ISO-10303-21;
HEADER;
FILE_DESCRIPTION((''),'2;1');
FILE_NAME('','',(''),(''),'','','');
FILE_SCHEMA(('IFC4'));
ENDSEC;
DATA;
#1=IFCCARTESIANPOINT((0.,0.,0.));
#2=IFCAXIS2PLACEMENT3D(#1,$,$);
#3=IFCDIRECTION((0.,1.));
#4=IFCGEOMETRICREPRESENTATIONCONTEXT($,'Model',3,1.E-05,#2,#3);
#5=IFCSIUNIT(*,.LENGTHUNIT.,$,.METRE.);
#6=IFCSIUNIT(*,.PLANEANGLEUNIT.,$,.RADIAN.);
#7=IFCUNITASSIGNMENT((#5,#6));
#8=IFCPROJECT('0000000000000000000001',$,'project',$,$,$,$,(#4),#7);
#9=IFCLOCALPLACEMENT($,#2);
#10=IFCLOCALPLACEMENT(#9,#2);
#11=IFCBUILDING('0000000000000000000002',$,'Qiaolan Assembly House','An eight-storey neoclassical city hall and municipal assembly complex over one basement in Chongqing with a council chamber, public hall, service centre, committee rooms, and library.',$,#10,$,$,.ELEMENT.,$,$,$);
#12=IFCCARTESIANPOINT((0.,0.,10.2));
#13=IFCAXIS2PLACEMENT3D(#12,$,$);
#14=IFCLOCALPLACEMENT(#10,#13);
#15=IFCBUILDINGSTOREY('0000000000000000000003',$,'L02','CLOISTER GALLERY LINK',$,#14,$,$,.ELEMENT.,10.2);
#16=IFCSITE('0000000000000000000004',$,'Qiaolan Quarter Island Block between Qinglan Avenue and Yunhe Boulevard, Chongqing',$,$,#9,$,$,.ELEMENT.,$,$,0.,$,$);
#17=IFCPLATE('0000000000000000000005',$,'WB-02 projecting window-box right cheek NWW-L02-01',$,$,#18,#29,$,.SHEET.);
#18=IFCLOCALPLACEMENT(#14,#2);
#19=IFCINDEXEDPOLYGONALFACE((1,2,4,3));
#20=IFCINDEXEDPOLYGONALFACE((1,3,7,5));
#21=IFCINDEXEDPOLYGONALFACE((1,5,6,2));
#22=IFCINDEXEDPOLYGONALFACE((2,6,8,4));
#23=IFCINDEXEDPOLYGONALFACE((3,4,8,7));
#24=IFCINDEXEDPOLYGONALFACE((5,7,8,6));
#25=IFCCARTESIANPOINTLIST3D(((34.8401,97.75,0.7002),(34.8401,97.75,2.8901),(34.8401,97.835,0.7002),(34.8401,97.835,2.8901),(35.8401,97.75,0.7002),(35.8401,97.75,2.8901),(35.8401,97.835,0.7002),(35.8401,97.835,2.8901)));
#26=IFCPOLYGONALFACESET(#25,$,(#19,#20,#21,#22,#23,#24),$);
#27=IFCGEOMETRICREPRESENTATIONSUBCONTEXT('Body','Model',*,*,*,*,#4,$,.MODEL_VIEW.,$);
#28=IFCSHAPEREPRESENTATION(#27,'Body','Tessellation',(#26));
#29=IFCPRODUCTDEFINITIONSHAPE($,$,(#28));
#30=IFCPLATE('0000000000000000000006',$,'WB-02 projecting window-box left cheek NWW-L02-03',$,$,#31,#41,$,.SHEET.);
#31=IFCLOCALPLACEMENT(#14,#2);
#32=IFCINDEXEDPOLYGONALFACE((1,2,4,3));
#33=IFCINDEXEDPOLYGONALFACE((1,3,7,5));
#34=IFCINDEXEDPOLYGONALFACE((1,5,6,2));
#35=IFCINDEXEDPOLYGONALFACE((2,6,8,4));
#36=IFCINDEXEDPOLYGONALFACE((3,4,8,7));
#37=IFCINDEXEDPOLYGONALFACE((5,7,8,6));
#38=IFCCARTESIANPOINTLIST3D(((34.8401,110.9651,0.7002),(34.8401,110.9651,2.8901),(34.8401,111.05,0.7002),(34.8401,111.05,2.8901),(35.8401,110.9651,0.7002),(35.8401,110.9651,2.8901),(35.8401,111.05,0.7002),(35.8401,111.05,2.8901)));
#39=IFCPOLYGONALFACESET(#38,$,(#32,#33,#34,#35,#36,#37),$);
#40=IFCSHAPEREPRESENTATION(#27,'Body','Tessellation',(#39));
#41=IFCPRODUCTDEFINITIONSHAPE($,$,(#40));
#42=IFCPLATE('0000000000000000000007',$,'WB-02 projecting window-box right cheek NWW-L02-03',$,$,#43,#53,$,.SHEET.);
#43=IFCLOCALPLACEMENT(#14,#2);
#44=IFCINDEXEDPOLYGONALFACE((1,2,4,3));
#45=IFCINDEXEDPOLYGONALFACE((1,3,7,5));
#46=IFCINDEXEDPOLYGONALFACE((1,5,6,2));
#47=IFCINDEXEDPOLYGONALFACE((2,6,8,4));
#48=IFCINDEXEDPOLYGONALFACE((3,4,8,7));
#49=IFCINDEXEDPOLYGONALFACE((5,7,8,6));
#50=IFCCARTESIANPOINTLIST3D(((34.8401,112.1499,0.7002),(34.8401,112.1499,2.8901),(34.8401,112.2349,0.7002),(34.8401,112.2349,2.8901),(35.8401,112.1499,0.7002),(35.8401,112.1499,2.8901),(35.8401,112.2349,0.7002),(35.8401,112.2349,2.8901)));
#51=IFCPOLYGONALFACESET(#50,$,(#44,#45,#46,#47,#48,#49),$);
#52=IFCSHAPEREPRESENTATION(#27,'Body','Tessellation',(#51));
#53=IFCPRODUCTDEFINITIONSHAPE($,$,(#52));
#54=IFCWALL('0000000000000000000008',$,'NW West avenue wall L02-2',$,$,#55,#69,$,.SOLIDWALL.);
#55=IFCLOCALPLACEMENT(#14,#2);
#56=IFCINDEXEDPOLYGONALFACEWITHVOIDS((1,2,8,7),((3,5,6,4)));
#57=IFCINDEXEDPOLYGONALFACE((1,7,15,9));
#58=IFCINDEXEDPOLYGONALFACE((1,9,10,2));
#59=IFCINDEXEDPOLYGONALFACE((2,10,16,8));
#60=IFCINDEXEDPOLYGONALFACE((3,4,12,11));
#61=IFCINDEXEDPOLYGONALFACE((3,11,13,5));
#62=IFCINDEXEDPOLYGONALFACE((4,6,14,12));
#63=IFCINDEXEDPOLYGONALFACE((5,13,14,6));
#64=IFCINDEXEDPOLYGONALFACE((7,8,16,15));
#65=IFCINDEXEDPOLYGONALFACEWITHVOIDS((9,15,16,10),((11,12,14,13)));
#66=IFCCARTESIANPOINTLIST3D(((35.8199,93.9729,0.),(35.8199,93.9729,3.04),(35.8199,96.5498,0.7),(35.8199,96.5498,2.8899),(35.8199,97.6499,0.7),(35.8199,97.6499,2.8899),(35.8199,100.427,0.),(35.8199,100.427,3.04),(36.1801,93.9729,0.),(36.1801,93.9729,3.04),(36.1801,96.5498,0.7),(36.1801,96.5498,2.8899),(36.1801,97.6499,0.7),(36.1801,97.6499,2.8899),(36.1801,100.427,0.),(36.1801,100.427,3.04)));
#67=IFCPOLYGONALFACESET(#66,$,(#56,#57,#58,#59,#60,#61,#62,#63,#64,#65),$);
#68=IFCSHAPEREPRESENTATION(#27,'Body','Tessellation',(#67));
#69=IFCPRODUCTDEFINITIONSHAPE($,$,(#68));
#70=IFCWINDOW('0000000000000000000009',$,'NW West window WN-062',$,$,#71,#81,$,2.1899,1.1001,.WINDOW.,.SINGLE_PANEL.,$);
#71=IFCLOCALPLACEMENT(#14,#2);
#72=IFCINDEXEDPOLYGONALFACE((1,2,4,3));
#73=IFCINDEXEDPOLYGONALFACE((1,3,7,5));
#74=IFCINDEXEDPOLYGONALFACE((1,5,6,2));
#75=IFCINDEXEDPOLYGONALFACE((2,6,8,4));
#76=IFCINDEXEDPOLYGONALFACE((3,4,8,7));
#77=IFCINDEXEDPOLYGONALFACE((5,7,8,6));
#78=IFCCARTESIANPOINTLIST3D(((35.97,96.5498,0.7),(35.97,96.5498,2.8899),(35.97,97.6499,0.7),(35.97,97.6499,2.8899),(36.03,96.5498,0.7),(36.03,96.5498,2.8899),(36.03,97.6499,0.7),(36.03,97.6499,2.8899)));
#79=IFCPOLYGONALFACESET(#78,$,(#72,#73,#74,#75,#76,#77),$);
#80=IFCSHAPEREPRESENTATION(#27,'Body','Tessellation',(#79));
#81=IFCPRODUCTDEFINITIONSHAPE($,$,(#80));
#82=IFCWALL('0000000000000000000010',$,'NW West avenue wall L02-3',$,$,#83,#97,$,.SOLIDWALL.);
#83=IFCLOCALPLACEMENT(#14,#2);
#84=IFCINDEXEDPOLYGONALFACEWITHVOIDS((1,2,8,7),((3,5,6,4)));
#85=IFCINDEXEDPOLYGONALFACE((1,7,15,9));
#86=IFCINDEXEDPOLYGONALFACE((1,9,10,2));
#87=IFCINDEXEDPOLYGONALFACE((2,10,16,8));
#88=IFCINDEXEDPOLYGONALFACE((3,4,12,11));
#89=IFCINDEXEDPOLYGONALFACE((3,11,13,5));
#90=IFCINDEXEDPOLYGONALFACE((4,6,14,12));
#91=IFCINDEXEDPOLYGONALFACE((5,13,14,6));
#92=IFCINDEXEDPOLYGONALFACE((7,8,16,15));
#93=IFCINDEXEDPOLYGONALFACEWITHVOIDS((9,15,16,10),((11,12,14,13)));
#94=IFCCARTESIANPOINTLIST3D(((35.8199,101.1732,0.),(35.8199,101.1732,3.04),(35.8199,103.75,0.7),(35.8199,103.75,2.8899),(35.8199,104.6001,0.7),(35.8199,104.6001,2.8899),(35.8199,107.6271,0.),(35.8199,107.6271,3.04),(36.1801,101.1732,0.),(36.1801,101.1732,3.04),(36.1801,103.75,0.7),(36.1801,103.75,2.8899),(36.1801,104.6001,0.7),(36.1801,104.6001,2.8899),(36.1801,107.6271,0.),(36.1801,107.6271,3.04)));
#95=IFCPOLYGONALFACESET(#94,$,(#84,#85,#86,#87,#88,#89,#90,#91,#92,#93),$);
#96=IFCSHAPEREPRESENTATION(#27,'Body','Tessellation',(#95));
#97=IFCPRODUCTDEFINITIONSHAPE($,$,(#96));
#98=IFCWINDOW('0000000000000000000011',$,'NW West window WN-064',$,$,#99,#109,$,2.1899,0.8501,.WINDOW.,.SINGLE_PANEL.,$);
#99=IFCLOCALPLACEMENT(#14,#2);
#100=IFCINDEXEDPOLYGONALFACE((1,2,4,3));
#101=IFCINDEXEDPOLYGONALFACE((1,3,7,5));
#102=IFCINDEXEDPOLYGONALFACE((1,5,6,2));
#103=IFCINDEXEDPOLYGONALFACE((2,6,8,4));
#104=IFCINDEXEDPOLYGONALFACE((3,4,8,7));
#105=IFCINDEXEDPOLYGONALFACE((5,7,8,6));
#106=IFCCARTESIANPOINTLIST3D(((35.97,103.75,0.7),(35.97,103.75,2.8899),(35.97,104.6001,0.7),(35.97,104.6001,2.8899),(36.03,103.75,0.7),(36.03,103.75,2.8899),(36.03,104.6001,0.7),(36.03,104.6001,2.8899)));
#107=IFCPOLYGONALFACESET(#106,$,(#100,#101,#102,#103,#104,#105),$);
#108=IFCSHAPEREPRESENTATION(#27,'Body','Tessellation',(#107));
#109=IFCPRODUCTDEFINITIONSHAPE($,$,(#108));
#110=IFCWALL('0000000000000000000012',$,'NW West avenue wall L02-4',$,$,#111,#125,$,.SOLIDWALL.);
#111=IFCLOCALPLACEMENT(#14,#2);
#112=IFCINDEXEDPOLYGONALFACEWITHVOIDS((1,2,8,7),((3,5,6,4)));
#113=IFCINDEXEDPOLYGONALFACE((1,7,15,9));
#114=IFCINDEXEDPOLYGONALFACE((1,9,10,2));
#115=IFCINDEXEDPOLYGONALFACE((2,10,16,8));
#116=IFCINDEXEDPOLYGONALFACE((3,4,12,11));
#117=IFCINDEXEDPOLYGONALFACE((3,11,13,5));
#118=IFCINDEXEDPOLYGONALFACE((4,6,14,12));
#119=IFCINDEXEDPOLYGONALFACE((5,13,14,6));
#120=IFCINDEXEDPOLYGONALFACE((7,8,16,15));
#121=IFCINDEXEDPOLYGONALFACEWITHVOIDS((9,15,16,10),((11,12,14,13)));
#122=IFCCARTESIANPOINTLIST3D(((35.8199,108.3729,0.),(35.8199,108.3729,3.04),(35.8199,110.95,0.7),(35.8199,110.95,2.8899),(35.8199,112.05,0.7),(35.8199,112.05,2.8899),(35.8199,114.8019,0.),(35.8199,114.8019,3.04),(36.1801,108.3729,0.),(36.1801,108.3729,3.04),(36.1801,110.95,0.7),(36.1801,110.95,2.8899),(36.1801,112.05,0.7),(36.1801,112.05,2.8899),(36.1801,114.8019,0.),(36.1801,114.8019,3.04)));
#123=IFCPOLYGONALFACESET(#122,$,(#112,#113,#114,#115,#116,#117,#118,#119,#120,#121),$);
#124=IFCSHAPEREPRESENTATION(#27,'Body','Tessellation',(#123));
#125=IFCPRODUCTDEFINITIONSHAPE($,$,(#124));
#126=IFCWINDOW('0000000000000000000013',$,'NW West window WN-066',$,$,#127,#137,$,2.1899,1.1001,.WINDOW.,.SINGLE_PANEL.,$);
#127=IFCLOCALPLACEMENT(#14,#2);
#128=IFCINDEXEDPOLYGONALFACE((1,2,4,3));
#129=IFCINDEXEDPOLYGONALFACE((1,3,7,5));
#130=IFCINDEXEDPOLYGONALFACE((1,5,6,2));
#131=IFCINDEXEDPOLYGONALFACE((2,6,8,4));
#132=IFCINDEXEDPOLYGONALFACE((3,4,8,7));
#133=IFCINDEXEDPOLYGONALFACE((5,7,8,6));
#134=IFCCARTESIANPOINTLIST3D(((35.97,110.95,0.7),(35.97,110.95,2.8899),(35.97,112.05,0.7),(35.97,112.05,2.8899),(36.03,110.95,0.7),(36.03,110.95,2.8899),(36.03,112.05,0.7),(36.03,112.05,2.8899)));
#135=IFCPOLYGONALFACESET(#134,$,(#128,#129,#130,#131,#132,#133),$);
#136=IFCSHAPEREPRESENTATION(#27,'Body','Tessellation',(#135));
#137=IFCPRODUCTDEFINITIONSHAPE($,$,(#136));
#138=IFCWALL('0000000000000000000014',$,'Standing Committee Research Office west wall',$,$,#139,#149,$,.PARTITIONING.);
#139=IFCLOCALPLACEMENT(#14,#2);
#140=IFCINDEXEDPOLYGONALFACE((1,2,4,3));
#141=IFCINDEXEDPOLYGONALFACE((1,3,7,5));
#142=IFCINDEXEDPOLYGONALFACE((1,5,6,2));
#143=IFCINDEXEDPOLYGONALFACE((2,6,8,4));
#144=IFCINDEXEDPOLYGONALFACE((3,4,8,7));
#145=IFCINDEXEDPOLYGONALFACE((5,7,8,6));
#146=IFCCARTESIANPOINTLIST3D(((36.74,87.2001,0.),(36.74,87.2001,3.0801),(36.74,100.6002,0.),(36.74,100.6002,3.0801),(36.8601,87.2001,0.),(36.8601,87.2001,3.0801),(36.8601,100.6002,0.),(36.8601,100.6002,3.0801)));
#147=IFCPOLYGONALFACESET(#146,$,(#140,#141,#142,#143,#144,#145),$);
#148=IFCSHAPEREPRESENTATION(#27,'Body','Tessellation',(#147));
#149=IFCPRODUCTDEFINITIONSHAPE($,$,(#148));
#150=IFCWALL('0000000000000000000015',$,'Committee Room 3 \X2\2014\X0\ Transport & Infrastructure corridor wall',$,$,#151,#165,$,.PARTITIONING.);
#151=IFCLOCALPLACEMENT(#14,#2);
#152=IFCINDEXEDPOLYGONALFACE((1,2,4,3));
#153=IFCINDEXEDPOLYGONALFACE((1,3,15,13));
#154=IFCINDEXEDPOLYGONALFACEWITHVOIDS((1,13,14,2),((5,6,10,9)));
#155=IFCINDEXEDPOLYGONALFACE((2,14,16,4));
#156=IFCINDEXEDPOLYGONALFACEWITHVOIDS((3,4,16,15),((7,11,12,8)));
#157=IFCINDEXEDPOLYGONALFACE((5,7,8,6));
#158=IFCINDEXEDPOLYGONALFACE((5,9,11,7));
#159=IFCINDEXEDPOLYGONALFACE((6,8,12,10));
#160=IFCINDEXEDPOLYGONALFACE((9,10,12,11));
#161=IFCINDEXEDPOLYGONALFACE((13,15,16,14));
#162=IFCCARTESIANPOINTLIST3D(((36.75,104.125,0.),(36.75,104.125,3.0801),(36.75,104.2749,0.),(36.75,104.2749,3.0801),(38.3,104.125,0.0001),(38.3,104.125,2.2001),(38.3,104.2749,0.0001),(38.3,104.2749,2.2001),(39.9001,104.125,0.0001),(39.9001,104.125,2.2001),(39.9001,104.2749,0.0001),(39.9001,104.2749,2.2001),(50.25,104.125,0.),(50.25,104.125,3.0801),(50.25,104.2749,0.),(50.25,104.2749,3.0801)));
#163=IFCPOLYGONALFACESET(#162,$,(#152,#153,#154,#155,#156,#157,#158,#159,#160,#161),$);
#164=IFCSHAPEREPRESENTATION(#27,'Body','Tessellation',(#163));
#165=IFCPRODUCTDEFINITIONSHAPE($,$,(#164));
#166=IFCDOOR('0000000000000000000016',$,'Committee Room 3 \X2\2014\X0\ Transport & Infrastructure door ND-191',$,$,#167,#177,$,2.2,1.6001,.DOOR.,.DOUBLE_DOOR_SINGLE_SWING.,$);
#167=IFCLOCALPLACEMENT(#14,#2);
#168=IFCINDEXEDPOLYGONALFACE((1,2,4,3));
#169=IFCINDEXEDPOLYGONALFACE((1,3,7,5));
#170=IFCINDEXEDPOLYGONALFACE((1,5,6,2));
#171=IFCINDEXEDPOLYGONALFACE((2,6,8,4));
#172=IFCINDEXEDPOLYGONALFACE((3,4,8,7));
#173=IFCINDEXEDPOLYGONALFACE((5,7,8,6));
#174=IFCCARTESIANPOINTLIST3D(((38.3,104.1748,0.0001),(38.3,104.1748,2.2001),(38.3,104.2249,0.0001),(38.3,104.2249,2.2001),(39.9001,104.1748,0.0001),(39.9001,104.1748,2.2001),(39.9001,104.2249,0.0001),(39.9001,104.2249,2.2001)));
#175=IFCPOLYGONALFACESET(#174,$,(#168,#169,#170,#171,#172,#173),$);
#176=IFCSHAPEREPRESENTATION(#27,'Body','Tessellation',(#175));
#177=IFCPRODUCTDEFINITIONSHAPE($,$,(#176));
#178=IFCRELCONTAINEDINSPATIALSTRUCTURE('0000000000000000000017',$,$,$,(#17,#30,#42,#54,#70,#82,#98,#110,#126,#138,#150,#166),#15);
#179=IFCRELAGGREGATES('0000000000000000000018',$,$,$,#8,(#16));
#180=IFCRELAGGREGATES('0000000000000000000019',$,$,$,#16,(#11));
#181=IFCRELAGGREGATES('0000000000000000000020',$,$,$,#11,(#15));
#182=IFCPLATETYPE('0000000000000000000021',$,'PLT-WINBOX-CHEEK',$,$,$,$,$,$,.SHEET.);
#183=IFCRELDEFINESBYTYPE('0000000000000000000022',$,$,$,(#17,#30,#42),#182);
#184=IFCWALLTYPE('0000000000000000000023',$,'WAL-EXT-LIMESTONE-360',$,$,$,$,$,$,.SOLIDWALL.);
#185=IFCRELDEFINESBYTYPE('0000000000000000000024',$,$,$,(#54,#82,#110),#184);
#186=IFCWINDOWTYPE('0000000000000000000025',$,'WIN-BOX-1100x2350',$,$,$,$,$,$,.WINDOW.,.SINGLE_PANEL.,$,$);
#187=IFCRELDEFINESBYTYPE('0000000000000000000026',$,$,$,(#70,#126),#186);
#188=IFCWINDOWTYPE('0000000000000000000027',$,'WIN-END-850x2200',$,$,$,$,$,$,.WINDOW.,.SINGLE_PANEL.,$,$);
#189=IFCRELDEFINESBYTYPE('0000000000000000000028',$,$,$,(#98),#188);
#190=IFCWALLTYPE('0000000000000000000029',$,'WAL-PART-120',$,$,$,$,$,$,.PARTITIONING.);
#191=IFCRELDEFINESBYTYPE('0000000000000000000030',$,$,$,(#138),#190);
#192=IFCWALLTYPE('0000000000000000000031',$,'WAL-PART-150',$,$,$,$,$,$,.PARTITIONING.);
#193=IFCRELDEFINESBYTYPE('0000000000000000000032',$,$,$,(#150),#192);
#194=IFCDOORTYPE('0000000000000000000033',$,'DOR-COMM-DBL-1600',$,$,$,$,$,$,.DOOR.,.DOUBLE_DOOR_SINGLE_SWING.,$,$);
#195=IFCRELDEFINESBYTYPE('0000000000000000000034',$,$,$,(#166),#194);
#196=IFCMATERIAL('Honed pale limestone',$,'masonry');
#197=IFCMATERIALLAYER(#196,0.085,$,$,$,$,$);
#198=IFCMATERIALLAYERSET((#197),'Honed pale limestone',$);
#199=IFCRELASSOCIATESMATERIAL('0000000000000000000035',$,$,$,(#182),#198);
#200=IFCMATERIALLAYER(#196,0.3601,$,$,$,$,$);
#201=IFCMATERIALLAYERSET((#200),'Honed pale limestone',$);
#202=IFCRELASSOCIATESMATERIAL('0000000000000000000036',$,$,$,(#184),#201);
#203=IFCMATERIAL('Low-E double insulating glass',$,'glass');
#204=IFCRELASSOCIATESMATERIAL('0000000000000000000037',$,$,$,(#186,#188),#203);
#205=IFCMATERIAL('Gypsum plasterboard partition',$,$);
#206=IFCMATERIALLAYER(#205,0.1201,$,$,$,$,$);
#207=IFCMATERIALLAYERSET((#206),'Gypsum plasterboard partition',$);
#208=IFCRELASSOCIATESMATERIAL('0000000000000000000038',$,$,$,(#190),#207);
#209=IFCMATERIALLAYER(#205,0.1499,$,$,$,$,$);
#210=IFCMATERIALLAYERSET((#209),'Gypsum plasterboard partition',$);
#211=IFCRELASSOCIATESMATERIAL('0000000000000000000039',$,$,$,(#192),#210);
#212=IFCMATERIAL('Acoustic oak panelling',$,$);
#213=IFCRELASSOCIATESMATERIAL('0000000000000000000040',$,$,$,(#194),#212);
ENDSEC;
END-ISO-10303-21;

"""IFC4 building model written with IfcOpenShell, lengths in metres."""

from ifc_helpers import new_model, si_unit, direction, frame, frame_2d, origin, origin_2d, place, context, subcontext, project, spatial, rectangle, extrude, material, layer, layer_set, type_object, element, fill, save


model = new_model("IFC4")

# Units and contexts
model_context = context("Model", 3, precision=1e-05, world=origin(), true_north=direction((0.0, 1.0)))
body_context = subcontext(model_context, "Body", "Model", "MODEL_VIEW")
ifc_project = project(units=[si_unit("LENGTHUNIT", "METRE"), si_unit("PLANEANGLEUNIT", "RADIAN")], contexts=[model_context])

# Site, building, storey
site_placement = place(None, origin())
site = spatial("IfcSite", under=ifc_project, at=site_placement, Name="Qiaolan Quarter Island Block between Qinglan Avenue and Yunhe Boulevard, Chongqing", CompositionType="ELEMENT", RefElevation=0.0)
building_placement = place(site_placement, origin())
building = spatial("IfcBuilding", under=site, at=building_placement, Name="Qiaolan Assembly House", Description="An eight-storey neoclassical city hall and municipal assembly complex over one basement in Chongqing with a council chamber, public hall, service centre, committee rooms, and library.", CompositionType="ELEMENT")
storey_placement = place(building_placement, frame((0.0, 0.0, 10.2)))
storey = spatial("IfcBuildingStorey", under=building, at=storey_placement, Name="L02", Description="CLOISTER GALLERY LINK", CompositionType="ELEMENT", Elevation=10.2)

# Plates
ifc_material_1 = material(Name="Honed pale limestone", Category="masonry")
ifc_layer_1 = layer(ifc_material_1, 0.085)
ifc_layer_set_1 = layer_set([ifc_layer_1], Name="Honed pale limestone")
plate_type = type_object("IfcPlateType", Name="PLT-WINBOX-CHEEK", PredefinedType="SHEET", material=ifc_layer_set_1)
for number, where, z_axis, x_axis, name in (
    (1, (35.3401, 97.7925, 0.7002), (0.0, 0.0, 1.0), (1.0, 0.0, 0.0), "WB-02 projecting window-box right cheek NWW-L02-01"),
    (2, (35.3401, 111.0076, 0.7002), (0.0, 0.0, 1.0), (1.0, 0.0, 0.0), "WB-02 projecting window-box left cheek NWW-L02-03"),
    (3, (35.3401, 112.1924, 0.7002), (0.0, 0.0, 1.0), (1.0, 0.0, 0.0), "WB-02 projecting window-box right cheek NWW-L02-03"),
):
    element("IfcPlate", number, at=place(storey_placement, frame(where, z_axis=z_axis, x_axis=x_axis)), inside=storey, type_object=plate_type, Name=name, PredefinedType="SHEET", context=body_context, shape_type="SweptSolid", body=[
        extrude(rectangle(XDim=1.0, YDim=0.085, at=origin_2d()), origin(), (0.0, 0.0, 1.0), 2.1899),
    ])

# Walls, openings, windows
ifc_layer_2 = layer(ifc_material_1, 0.3601)
ifc_layer_set_2 = layer_set([ifc_layer_2], Name="Honed pale limestone")
wall_type_1 = type_object("IfcWallType", Name="WAL-EXT-LIMESTONE-360", PredefinedType="SOLIDWALL", material=ifc_layer_set_2)
wall_1_placement = place(storey_placement, frame((36.0, 93.9729, 0.0), z_axis=(0.0, 0.0, 1.0), x_axis=(0.0, 1.0, 0.0)))
wall_1 = element("IfcWall", 4, at=wall_1_placement, inside=storey, type_object=wall_type_1, Name="NW West avenue wall L02-2", PredefinedType="SOLIDWALL", context=body_context, shape_type="SweptSolid", body=[
    extrude(rectangle(XDim=6.4541, YDim=0.3601, at=frame_2d((3.2271, 0.0))), origin(), (0.0, 0.0, 1.0), 3.04),
])
opening_1_placement = place(wall_1_placement, frame((2.5769, 0.0, 0.7)))
opening_1 = element("IfcOpeningElement", 5, at=opening_1_placement, cuts=wall_1, PredefinedType="OPENING", context=body_context, shape_type="SweptSolid", body=[
    extrude(rectangle(XDim=1.1001, YDim=2.1899, at=frame_2d((0.55, 1.095))), frame((0.0, 0.1899, 0.0), z_axis=(0.0, -1.0, 0.0), x_axis=(1.0, 0.0, 0.0)), (0.0, 0.0, 1.0), 0.3801),
])
ifc_material_2 = material(Name="Low-E double insulating glass", Category="glass")
window_type_1 = type_object("IfcWindowType", Name="WIN-BOX-1100x2350", PartitioningType="SINGLE_PANEL", PredefinedType="WINDOW", material=ifc_material_2)
window_1_placement = place(opening_1_placement, origin())
window_1 = element("IfcWindow", 6, at=window_1_placement, inside=storey, type_object=window_type_1, Name="NW West window WN-062", OverallHeight=2.1899, OverallWidth=1.1001, PartitioningType="SINGLE_PANEL", PredefinedType="WINDOW", context=body_context, shape_type="SweptSolid", body=[
    extrude(rectangle(XDim=1.1001, YDim=2.1899, at=frame_2d((0.55, 1.095))), frame((0.0, 0.03, 0.0), z_axis=(0.0, -1.0, 0.0), x_axis=(1.0, 0.0, 0.0)), (0.0, 0.0, 1.0), 0.0601),
])
fill(opening_1, window_1)
wall_2_placement = place(storey_placement, frame((36.0, 101.1731, 0.0), z_axis=(0.0, 0.0, 1.0), x_axis=(0.0, 1.0, 0.0)))
wall_2 = element("IfcWall", 7, at=wall_2_placement, inside=storey, type_object=wall_type_1, Name="NW West avenue wall L02-3", PredefinedType="SOLIDWALL", context=body_context, shape_type="SweptSolid", body=[
    extrude(rectangle(XDim=6.4539, YDim=0.3601, at=frame_2d((3.2271, 0.0))), origin(), (0.0, 0.0, 1.0), 3.04),
])
opening_2_placement = place(wall_2_placement, frame((2.5769, 0.0, 0.7)))
opening_2 = element("IfcOpeningElement", 8, at=opening_2_placement, cuts=wall_2, PredefinedType="OPENING", context=body_context, shape_type="SweptSolid", body=[
    extrude(rectangle(XDim=0.8501, YDim=2.1899, at=frame_2d((0.425, 1.095))), frame((0.0, 0.1899, 0.0), z_axis=(0.0, -1.0, 0.0), x_axis=(1.0, 0.0, 0.0)), (0.0, 0.0, 1.0), 0.3801),
])
window_type_2 = type_object("IfcWindowType", Name="WIN-END-850x2200", PartitioningType="SINGLE_PANEL", PredefinedType="WINDOW", material=ifc_material_2)
window_2_placement = place(opening_2_placement, origin())
window_2 = element("IfcWindow", 9, at=window_2_placement, inside=storey, type_object=window_type_2, Name="NW West window WN-064", OverallHeight=2.1899, OverallWidth=0.8501, PartitioningType="SINGLE_PANEL", PredefinedType="WINDOW", context=body_context, shape_type="SweptSolid", body=[
    extrude(rectangle(XDim=0.8501, YDim=2.1899, at=frame_2d((0.425, 1.095))), frame((0.0, 0.03, 0.0), z_axis=(0.0, -1.0, 0.0), x_axis=(1.0, 0.0, 0.0)), (0.0, 0.0, 1.0), 0.0601),
])
fill(opening_2, window_2)
wall_3_placement = place(storey_placement, frame((36.0, 108.373, 0.0), z_axis=(0.0, 0.0, 1.0), x_axis=(0.0, 1.0, 0.0)))
wall_3 = element("IfcWall", 10, at=wall_3_placement, inside=storey, type_object=wall_type_1, Name="NW West avenue wall L02-4", PredefinedType="SOLIDWALL", context=body_context, shape_type="SweptSolid", body=[
    extrude(rectangle(XDim=6.429, YDim=0.3601, at=frame_2d((3.2144, 0.0))), origin(), (0.0, 0.0, 1.0), 3.04),
])
opening_3_placement = place(wall_3_placement, frame((2.5769, 0.0, 0.7)))
opening_3 = element("IfcOpeningElement", 11, at=opening_3_placement, cuts=wall_3, PredefinedType="OPENING", context=body_context, shape_type="SweptSolid", body=[
    extrude(rectangle(XDim=1.1001, YDim=2.1899, at=frame_2d((0.55, 1.095))), frame((0.0, 0.1899, 0.0), z_axis=(0.0, -1.0, 0.0), x_axis=(1.0, 0.0, 0.0)), (0.0, 0.0, 1.0), 0.3801),
])
window_3_placement = place(opening_3_placement, origin())
window_3 = element("IfcWindow", 12, at=window_3_placement, inside=storey, type_object=window_type_1, Name="NW West window WN-066", OverallHeight=2.1899, OverallWidth=1.1001, PartitioningType="SINGLE_PANEL", PredefinedType="WINDOW", context=body_context, shape_type="SweptSolid", body=[
    extrude(rectangle(XDim=1.1001, YDim=2.1899, at=frame_2d((0.55, 1.095))), frame((0.0, 0.03, 0.0), z_axis=(0.0, -1.0, 0.0), x_axis=(1.0, 0.0, 0.0)), (0.0, 0.0, 1.0), 0.0601),
])
fill(opening_3, window_3)

# Wall
ifc_material_3 = material(Name="Gypsum plasterboard partition")
ifc_layer_3 = layer(ifc_material_3, 0.1201)
ifc_layer_set_3 = layer_set([ifc_layer_3], Name="Gypsum plasterboard partition")
wall_type_2 = type_object("IfcWallType", Name="WAL-PART-120", PredefinedType="PARTITIONING", material=ifc_layer_set_3)
wall_4_placement = place(storey_placement, frame((36.8, 87.2, 0.0), z_axis=(0.0, 0.0, 1.0), x_axis=(0.0, 1.0, 0.0)))
element("IfcWall", 13, at=wall_4_placement, inside=storey, type_object=wall_type_2, Name="Standing Committee Research Office west wall", PredefinedType="PARTITIONING", context=body_context, shape_type="SweptSolid", body=[
    extrude(rectangle(XDim=13.4001, YDim=0.1201, at=frame_2d((6.7002, 0.0))), origin(), (0.0, 0.0, 1.0), 3.0801),
])

# Wall, opening, door
ifc_layer_4 = layer(ifc_material_3, 0.1499)
ifc_layer_set_4 = layer_set([ifc_layer_4], Name="Gypsum plasterboard partition")
wall_type_3 = type_object("IfcWallType", Name="WAL-PART-150", PredefinedType="PARTITIONING", material=ifc_layer_set_4)
wall_5_placement = place(storey_placement, frame((36.75, 104.2, 0.0), z_axis=(0.0, 0.0, 1.0), x_axis=(1.0, 0.0, 0.0)))
wall_5 = element("IfcWall", 14, at=wall_5_placement, inside=storey, type_object=wall_type_3, Name="Committee Room 3 — Transport & Infrastructure corridor wall", PredefinedType="PARTITIONING", context=body_context, shape_type="SweptSolid", body=[
    extrude(rectangle(XDim=13.5, YDim=0.1499, at=frame_2d((6.75, 0.0))), origin(), (0.0, 0.0, 1.0), 3.0801),
])
opening_4_placement = place(wall_5_placement, frame((1.55, 0.0, 0.0)))
opening_4 = element("IfcOpeningElement", 15, at=opening_4_placement, cuts=wall_5, PredefinedType="OPENING", context=body_context, shape_type="SweptSolid", body=[
    extrude(rectangle(XDim=1.6001, YDim=2.2, at=frame_2d((0.8, 1.1001))), frame((0.0, 0.085, 0.0), z_axis=(0.0, -1.0, 0.0), x_axis=(1.0, 0.0, 0.0)), (0.0, 0.0, 1.0), 0.1699),
])
ifc_material_4 = material(Name="Acoustic oak panelling")
door_type = type_object("IfcDoorType", Name="DOR-COMM-DBL-1600", OperationType="DOUBLE_DOOR_SINGLE_SWING", PredefinedType="DOOR", material=ifc_material_4)
door_placement = place(opening_4_placement, origin())
door = element("IfcDoor", 16, at=door_placement, inside=storey, type_object=door_type, Name="Committee Room 3 — Transport & Infrastructure door ND-191", OperationType="DOUBLE_DOOR_SINGLE_SWING", OverallHeight=2.2, OverallWidth=1.6001, PredefinedType="DOOR", context=body_context, shape_type="SweptSolid", body=[
    extrude(rectangle(XDim=1.6001, YDim=2.2, at=frame_2d((0.8, 1.1001))), frame((0.0, 0.0249, 0.0), z_axis=(0.0, -1.0, 0.0), x_axis=(1.0, 0.0, 0.0)), (0.0, 0.0, 1.0), 0.05),
])
fill(opening_4, door)

save(model, "model.ifc")
